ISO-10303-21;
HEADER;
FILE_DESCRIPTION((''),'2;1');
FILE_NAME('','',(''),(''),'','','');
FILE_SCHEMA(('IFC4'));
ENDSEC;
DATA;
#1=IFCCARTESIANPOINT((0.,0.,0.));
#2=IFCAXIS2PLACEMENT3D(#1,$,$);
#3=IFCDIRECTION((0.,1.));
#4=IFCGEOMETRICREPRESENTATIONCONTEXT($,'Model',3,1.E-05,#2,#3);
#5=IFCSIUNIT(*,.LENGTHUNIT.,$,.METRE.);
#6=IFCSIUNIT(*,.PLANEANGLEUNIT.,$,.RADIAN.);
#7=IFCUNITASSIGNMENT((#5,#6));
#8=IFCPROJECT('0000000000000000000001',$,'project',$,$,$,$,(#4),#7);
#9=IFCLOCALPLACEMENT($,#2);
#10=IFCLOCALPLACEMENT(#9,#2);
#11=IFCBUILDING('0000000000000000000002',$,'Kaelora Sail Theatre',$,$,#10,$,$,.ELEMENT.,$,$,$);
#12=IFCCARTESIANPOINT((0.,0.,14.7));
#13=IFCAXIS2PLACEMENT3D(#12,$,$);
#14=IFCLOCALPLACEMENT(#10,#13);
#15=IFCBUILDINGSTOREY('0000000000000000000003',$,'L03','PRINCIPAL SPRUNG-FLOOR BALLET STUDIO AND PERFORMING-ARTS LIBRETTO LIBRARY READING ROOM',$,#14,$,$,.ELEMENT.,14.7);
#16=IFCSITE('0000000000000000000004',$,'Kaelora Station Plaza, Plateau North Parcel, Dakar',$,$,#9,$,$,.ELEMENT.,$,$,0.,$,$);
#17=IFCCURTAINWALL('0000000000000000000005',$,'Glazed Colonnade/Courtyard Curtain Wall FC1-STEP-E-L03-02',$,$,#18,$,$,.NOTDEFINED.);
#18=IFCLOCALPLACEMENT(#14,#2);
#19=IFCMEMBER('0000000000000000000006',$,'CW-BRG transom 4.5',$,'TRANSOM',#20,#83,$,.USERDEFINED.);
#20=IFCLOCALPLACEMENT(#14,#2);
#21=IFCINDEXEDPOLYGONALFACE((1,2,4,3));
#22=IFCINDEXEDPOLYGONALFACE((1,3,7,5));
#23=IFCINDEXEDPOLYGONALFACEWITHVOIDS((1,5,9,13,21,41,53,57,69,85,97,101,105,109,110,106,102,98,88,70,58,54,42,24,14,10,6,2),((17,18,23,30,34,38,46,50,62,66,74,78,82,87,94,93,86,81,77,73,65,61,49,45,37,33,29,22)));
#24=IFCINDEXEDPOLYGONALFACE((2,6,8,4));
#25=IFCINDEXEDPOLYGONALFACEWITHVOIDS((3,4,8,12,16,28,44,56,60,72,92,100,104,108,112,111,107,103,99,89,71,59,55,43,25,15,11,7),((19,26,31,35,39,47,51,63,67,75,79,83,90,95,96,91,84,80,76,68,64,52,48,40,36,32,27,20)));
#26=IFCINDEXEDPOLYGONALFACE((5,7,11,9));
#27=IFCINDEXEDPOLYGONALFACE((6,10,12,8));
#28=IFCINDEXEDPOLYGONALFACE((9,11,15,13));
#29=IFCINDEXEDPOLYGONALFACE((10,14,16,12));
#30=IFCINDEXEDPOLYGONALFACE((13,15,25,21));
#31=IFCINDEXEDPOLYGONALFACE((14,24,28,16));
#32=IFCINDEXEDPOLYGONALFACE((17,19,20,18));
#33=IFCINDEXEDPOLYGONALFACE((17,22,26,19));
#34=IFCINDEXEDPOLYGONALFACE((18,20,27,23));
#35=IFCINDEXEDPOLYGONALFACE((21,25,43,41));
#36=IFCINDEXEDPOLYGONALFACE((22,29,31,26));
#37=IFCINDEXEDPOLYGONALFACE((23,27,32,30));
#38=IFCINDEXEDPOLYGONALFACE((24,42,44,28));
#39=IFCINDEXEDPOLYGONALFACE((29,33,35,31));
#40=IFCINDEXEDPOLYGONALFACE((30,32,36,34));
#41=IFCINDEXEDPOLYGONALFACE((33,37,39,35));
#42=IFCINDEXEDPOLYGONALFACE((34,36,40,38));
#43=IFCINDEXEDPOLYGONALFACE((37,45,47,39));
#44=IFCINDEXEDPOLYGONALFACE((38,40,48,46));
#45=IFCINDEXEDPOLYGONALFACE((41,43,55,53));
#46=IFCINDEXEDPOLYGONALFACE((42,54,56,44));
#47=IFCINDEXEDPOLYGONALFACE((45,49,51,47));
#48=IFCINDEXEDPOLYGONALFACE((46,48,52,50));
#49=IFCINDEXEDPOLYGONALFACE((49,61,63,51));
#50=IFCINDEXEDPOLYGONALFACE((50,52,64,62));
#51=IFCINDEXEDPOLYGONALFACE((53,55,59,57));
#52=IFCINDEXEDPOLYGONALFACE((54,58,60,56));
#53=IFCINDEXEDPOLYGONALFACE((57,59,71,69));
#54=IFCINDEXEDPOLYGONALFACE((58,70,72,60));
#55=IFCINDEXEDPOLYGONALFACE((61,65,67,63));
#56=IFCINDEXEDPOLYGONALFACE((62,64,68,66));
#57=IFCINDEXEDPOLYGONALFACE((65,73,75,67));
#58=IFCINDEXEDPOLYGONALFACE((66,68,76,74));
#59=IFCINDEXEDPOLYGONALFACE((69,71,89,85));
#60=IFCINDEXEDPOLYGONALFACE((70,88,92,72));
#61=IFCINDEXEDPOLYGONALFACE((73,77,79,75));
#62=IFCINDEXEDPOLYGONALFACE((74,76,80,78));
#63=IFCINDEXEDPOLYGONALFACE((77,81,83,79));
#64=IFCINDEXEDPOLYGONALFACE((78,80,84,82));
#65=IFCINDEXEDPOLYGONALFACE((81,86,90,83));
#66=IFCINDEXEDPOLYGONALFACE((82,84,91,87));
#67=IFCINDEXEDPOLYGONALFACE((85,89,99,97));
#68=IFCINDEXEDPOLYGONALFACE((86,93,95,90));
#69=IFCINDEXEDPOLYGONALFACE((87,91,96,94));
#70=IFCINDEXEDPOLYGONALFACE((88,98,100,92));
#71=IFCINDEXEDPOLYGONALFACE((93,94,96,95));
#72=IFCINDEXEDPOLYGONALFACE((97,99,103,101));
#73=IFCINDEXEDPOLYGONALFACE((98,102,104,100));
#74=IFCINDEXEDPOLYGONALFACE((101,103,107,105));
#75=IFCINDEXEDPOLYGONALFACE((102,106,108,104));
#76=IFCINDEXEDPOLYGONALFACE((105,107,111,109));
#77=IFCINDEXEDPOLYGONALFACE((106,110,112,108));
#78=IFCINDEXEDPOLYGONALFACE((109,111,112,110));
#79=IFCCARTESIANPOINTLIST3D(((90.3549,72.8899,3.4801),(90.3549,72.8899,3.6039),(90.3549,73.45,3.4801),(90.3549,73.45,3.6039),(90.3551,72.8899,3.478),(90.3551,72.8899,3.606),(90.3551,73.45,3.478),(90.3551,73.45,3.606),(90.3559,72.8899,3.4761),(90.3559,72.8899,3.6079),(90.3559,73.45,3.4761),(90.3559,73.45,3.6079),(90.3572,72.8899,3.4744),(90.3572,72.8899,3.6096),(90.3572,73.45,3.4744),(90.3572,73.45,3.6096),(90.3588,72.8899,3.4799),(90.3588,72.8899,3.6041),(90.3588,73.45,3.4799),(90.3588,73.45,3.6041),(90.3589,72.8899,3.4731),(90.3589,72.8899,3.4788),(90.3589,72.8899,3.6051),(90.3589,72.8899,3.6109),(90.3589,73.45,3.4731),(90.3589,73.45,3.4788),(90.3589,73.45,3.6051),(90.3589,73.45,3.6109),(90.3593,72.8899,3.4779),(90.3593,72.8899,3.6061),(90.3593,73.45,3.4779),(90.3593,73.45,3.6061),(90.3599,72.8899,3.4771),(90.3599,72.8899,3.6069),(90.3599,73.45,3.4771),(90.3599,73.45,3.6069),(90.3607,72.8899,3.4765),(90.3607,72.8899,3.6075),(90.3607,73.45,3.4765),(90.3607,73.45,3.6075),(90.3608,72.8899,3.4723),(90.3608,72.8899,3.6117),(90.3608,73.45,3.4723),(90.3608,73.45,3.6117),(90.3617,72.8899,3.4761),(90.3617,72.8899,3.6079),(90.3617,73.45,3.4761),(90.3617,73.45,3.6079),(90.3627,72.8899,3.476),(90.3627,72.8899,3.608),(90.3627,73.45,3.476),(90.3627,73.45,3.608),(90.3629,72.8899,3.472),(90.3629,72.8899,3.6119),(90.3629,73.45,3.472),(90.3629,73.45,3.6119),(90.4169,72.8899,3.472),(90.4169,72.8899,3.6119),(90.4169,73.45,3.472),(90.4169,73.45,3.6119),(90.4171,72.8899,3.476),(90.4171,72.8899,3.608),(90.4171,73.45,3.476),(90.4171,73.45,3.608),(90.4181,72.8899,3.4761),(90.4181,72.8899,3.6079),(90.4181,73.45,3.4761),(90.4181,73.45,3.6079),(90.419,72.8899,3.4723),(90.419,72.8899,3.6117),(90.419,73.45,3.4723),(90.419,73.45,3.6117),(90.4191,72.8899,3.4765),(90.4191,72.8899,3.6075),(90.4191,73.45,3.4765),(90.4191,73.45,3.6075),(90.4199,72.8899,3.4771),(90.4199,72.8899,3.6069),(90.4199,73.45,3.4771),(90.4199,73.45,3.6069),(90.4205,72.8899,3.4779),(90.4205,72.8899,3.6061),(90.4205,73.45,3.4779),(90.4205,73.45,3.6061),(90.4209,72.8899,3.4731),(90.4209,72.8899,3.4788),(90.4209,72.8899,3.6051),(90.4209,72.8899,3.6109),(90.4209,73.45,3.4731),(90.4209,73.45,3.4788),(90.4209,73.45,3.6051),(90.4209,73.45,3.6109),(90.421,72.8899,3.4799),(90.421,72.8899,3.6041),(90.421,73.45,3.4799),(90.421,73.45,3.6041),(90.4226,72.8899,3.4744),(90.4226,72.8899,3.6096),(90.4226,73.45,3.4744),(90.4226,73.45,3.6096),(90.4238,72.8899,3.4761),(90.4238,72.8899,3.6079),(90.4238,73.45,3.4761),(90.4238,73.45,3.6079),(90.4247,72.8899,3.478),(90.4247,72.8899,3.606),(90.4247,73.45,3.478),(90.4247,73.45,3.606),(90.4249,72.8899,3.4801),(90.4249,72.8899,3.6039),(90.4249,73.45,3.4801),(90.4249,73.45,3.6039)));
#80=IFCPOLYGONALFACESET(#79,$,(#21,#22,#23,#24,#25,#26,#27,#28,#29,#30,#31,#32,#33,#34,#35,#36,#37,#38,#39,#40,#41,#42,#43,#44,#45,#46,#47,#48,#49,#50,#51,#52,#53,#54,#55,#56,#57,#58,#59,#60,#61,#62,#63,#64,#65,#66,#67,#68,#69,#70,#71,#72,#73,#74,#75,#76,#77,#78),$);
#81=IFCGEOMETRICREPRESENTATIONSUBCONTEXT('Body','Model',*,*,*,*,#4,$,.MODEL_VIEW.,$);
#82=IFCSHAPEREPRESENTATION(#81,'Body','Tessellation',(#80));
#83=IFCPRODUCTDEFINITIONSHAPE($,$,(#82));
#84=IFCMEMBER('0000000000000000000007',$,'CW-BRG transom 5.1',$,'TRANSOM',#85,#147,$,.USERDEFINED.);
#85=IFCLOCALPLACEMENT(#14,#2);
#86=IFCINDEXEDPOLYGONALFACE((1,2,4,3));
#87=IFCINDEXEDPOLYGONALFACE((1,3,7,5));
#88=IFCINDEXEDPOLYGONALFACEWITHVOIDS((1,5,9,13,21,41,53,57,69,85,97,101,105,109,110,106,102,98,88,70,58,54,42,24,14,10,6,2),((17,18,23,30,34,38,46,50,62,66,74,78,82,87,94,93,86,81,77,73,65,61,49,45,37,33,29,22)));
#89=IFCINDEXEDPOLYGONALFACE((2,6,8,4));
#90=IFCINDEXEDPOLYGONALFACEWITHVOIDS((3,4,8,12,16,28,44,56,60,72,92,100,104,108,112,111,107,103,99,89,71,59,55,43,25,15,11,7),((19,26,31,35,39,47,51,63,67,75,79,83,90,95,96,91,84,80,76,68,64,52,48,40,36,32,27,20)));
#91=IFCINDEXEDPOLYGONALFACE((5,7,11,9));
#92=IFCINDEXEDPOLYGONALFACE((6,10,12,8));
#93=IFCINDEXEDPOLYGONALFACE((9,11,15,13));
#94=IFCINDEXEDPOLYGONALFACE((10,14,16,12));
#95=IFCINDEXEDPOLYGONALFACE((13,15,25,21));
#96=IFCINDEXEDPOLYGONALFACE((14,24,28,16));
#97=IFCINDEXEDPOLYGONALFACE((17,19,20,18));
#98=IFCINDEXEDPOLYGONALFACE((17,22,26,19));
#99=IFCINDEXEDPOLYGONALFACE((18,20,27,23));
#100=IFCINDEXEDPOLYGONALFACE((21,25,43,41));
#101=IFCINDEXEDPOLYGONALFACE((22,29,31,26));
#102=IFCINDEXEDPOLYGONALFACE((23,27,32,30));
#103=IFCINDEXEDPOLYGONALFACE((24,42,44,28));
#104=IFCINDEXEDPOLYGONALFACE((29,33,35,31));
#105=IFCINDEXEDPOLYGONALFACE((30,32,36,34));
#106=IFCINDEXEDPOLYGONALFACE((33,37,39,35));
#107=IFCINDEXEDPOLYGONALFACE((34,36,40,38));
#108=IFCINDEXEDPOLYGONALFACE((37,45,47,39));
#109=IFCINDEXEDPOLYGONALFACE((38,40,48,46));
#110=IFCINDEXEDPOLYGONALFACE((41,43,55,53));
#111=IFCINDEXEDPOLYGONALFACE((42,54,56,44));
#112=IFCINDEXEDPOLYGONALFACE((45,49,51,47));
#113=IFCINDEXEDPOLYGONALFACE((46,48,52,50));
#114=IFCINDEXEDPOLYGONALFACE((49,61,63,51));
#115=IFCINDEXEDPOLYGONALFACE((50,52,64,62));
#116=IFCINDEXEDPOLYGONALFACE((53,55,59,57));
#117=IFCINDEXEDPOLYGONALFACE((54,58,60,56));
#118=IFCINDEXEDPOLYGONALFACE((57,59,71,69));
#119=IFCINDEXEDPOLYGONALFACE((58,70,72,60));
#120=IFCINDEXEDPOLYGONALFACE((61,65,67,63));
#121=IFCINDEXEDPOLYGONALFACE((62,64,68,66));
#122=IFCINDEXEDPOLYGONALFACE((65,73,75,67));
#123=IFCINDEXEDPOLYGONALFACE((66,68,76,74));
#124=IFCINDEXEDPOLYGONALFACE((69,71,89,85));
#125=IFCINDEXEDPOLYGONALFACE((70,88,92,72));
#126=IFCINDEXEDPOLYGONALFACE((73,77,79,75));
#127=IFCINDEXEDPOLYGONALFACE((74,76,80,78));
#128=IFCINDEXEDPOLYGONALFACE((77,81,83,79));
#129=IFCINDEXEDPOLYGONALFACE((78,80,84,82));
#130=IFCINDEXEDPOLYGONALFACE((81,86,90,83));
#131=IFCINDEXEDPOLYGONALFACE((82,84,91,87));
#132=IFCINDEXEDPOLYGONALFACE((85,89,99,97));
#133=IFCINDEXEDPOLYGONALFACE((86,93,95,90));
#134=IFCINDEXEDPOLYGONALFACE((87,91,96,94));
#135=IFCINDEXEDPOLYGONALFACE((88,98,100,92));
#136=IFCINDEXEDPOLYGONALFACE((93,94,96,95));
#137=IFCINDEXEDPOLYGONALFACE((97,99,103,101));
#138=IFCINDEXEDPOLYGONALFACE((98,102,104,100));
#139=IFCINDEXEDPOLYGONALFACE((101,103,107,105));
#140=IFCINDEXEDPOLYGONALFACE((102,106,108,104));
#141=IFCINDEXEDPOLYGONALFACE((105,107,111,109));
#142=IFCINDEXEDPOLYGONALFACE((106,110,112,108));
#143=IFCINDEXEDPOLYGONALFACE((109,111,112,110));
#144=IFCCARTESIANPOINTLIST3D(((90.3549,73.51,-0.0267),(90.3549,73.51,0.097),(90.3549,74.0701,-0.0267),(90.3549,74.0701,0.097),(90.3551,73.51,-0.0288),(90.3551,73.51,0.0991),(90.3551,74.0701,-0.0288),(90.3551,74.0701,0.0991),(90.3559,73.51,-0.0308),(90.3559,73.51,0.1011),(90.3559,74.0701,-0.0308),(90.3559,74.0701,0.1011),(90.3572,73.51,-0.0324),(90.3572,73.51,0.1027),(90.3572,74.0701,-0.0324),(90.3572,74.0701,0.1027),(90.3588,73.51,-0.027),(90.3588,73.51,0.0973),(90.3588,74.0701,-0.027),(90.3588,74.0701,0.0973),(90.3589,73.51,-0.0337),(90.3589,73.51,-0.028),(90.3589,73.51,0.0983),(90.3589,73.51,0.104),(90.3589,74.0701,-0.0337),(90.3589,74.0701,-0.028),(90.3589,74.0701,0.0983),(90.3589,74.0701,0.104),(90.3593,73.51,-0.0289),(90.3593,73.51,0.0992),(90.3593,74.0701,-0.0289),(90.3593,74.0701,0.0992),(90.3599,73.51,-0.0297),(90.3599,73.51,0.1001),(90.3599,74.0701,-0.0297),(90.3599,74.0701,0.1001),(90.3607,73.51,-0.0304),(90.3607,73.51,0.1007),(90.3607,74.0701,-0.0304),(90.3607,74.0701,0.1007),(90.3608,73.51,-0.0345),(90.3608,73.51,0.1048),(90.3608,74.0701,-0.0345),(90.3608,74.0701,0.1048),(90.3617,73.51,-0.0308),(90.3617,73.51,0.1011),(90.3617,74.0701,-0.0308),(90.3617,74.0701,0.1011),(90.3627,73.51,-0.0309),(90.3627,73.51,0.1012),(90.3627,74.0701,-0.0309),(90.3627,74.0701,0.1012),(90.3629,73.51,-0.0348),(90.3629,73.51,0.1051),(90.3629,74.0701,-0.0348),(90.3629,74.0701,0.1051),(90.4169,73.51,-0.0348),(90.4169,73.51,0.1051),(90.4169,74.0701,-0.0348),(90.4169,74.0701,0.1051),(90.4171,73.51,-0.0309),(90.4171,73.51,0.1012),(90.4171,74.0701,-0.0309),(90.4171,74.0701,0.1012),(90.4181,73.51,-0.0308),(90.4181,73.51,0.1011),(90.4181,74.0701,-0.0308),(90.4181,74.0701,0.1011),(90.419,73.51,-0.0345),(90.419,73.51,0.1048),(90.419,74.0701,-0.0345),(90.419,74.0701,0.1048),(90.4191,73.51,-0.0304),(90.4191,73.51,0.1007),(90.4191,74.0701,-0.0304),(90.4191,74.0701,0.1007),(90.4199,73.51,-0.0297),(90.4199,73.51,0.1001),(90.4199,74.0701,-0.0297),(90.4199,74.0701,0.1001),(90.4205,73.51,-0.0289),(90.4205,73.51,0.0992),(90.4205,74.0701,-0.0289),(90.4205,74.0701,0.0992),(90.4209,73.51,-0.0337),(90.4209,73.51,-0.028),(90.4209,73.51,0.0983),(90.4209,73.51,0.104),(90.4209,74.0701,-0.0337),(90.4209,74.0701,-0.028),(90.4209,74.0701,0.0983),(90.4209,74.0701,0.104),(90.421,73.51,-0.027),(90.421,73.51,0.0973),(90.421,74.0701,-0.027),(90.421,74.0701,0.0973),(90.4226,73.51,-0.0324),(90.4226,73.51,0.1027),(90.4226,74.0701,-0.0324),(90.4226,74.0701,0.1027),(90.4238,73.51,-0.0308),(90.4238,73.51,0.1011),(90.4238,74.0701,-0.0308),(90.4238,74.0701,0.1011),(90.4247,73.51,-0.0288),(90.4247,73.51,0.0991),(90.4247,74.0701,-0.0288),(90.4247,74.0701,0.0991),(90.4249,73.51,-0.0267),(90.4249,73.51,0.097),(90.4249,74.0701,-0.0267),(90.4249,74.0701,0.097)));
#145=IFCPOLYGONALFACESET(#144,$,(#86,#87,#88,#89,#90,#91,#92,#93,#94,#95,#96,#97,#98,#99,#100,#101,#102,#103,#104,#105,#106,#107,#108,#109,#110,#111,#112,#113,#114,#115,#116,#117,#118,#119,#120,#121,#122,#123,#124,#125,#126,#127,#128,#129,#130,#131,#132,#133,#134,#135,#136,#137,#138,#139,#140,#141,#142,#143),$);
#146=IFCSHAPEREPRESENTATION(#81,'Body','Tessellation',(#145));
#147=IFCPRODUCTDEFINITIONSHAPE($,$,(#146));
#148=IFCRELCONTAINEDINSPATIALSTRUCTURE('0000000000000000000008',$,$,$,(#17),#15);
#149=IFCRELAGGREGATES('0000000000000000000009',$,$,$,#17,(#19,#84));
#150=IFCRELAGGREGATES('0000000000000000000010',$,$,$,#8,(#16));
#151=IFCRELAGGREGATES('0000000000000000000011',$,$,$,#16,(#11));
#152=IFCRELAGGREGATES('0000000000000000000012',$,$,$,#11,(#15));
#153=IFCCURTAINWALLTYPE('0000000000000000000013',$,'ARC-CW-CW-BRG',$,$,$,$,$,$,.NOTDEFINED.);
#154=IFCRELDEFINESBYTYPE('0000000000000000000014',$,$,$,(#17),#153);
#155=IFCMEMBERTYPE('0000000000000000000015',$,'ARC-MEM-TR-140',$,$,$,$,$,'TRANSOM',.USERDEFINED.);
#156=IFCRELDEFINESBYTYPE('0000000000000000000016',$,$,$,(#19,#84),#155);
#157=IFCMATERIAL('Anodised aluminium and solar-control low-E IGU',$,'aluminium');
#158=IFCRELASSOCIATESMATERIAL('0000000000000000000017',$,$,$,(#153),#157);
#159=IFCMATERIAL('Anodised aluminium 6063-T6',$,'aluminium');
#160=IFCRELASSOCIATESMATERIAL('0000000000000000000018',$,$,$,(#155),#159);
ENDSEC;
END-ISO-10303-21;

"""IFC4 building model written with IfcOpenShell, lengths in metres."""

from ifc_helpers import new_model, si_unit, direction, frame, origin, origin_2d, place, context, subcontext, project, spatial, hollow_rectangle, extrude, material, material_profile, profile_set, type_object, element, aggregate, save


model = new_model("IFC4")

# Units and contexts
model_context = context("Model", 3, precision=1e-05, world=origin(), true_north=direction((0.0, 1.0)))
body_context = subcontext(model_context, "Body", "Model", "MODEL_VIEW")
ifc_project = project(units=[si_unit("LENGTHUNIT", "METRE"), si_unit("PLANEANGLEUNIT", "RADIAN")], contexts=[model_context])

# Site, building, storey
site_placement = place(None, origin())
site = spatial("IfcSite", under=ifc_project, at=site_placement, Name="Kaelora Station Plaza, Plateau North Parcel, Dakar", CompositionType="ELEMENT", RefElevation=0.0)
building_placement = place(site_placement, origin())
building = spatial("IfcBuilding", under=site, at=building_placement, Name="Kaelora Sail Theatre", CompositionType="ELEMENT")
storey_placement = place(building_placement, frame((0.0, 0.0, 14.7)))
storey = spatial("IfcBuildingStorey", under=building, at=storey_placement, Name="L03", Description="PRINCIPAL SPRUNG-FLOOR BALLET STUDIO AND PERFORMING-ARTS LIBRETTO LIBRARY READING ROOM", CompositionType="ELEMENT", Elevation=14.7)

# Curtain wall, members
ifc_material_1 = material(Name="Anodised aluminium and solar-control low-E IGU", Category="aluminium")
curtain_wall_type = type_object("IfcCurtainWallType", Name="ARC-CW-CW-BRG", PredefinedType="NOTDEFINED", material=ifc_material_1)
curtain_wall_placement = place(storey_placement, origin())
curtain_wall = element("IfcCurtainWall", 1, at=curtain_wall_placement, inside=storey, type_object=curtain_wall_type, Name="Glazed Colonnade/Courtyard Curtain Wall FC1-STEP-E-L03-02", PredefinedType="NOTDEFINED")
ifc_material_2 = material(Name="Anodised aluminium 6063-T6", Category="aluminium")
ifc_material_profile_1 = material_profile(ifc_material_2, hollow_rectangle(XDim=0.0701, YDim=0.1399, WallThickness=0.0039, InnerFilletRadius=0.0039, OuterFilletRadius=0.0081, at=origin_2d()), Name="ALU-TRAN 70x140x4")
ifc_profile_set_1 = profile_set([ifc_material_profile_1], Name="Anodised aluminium 6063-T6")
member_type_1 = type_object("IfcMemberType", Name="ARC-MEM-TR-140", ElementType="TRANSOM", PredefinedType="USERDEFINED", material=ifc_profile_set_1)
member_1_placement = place(storey_placement, frame((90.3899, 72.8899, 3.542), z_axis=(0.0, 1.0, 0.0), x_axis=(-1.0, 0.0, 0.0)))
member_1 = element("IfcMember", 2, at=member_1_placement, type_object=member_type_1, Name="CW-BRG transom 4.5", ObjectType="TRANSOM", PredefinedType="USERDEFINED", context=body_context, shape_type="SweptSolid", body=[
    extrude(hollow_rectangle(XDim=0.0701, YDim=0.1399, WallThickness=0.0039, InnerFilletRadius=0.0039, OuterFilletRadius=0.0081, at=origin_2d()), origin(), (0.0, 0.0, 1.0), 0.5601),
])
member_2_placement = place(storey_placement, frame((90.3899, 73.51, 0.0352), z_axis=(0.0, 1.0, 0.0), x_axis=(-1.0, 0.0, 0.0)))
member_2 = element("IfcMember", 3, at=member_2_placement, type_object=member_type_1, Name="CW-BRG transom 5.1", ObjectType="TRANSOM", PredefinedType="USERDEFINED", context=body_context, shape_type="SweptSolid", body=[
    extrude(hollow_rectangle(XDim=0.0701, YDim=0.1399, WallThickness=0.0039, InnerFilletRadius=0.0039, OuterFilletRadius=0.0081, at=origin_2d()), origin(), (0.0, 0.0, 1.0), 0.5601),
])
aggregate(curtain_wall, [member_1, member_2])

save(model, "model.ifc")
